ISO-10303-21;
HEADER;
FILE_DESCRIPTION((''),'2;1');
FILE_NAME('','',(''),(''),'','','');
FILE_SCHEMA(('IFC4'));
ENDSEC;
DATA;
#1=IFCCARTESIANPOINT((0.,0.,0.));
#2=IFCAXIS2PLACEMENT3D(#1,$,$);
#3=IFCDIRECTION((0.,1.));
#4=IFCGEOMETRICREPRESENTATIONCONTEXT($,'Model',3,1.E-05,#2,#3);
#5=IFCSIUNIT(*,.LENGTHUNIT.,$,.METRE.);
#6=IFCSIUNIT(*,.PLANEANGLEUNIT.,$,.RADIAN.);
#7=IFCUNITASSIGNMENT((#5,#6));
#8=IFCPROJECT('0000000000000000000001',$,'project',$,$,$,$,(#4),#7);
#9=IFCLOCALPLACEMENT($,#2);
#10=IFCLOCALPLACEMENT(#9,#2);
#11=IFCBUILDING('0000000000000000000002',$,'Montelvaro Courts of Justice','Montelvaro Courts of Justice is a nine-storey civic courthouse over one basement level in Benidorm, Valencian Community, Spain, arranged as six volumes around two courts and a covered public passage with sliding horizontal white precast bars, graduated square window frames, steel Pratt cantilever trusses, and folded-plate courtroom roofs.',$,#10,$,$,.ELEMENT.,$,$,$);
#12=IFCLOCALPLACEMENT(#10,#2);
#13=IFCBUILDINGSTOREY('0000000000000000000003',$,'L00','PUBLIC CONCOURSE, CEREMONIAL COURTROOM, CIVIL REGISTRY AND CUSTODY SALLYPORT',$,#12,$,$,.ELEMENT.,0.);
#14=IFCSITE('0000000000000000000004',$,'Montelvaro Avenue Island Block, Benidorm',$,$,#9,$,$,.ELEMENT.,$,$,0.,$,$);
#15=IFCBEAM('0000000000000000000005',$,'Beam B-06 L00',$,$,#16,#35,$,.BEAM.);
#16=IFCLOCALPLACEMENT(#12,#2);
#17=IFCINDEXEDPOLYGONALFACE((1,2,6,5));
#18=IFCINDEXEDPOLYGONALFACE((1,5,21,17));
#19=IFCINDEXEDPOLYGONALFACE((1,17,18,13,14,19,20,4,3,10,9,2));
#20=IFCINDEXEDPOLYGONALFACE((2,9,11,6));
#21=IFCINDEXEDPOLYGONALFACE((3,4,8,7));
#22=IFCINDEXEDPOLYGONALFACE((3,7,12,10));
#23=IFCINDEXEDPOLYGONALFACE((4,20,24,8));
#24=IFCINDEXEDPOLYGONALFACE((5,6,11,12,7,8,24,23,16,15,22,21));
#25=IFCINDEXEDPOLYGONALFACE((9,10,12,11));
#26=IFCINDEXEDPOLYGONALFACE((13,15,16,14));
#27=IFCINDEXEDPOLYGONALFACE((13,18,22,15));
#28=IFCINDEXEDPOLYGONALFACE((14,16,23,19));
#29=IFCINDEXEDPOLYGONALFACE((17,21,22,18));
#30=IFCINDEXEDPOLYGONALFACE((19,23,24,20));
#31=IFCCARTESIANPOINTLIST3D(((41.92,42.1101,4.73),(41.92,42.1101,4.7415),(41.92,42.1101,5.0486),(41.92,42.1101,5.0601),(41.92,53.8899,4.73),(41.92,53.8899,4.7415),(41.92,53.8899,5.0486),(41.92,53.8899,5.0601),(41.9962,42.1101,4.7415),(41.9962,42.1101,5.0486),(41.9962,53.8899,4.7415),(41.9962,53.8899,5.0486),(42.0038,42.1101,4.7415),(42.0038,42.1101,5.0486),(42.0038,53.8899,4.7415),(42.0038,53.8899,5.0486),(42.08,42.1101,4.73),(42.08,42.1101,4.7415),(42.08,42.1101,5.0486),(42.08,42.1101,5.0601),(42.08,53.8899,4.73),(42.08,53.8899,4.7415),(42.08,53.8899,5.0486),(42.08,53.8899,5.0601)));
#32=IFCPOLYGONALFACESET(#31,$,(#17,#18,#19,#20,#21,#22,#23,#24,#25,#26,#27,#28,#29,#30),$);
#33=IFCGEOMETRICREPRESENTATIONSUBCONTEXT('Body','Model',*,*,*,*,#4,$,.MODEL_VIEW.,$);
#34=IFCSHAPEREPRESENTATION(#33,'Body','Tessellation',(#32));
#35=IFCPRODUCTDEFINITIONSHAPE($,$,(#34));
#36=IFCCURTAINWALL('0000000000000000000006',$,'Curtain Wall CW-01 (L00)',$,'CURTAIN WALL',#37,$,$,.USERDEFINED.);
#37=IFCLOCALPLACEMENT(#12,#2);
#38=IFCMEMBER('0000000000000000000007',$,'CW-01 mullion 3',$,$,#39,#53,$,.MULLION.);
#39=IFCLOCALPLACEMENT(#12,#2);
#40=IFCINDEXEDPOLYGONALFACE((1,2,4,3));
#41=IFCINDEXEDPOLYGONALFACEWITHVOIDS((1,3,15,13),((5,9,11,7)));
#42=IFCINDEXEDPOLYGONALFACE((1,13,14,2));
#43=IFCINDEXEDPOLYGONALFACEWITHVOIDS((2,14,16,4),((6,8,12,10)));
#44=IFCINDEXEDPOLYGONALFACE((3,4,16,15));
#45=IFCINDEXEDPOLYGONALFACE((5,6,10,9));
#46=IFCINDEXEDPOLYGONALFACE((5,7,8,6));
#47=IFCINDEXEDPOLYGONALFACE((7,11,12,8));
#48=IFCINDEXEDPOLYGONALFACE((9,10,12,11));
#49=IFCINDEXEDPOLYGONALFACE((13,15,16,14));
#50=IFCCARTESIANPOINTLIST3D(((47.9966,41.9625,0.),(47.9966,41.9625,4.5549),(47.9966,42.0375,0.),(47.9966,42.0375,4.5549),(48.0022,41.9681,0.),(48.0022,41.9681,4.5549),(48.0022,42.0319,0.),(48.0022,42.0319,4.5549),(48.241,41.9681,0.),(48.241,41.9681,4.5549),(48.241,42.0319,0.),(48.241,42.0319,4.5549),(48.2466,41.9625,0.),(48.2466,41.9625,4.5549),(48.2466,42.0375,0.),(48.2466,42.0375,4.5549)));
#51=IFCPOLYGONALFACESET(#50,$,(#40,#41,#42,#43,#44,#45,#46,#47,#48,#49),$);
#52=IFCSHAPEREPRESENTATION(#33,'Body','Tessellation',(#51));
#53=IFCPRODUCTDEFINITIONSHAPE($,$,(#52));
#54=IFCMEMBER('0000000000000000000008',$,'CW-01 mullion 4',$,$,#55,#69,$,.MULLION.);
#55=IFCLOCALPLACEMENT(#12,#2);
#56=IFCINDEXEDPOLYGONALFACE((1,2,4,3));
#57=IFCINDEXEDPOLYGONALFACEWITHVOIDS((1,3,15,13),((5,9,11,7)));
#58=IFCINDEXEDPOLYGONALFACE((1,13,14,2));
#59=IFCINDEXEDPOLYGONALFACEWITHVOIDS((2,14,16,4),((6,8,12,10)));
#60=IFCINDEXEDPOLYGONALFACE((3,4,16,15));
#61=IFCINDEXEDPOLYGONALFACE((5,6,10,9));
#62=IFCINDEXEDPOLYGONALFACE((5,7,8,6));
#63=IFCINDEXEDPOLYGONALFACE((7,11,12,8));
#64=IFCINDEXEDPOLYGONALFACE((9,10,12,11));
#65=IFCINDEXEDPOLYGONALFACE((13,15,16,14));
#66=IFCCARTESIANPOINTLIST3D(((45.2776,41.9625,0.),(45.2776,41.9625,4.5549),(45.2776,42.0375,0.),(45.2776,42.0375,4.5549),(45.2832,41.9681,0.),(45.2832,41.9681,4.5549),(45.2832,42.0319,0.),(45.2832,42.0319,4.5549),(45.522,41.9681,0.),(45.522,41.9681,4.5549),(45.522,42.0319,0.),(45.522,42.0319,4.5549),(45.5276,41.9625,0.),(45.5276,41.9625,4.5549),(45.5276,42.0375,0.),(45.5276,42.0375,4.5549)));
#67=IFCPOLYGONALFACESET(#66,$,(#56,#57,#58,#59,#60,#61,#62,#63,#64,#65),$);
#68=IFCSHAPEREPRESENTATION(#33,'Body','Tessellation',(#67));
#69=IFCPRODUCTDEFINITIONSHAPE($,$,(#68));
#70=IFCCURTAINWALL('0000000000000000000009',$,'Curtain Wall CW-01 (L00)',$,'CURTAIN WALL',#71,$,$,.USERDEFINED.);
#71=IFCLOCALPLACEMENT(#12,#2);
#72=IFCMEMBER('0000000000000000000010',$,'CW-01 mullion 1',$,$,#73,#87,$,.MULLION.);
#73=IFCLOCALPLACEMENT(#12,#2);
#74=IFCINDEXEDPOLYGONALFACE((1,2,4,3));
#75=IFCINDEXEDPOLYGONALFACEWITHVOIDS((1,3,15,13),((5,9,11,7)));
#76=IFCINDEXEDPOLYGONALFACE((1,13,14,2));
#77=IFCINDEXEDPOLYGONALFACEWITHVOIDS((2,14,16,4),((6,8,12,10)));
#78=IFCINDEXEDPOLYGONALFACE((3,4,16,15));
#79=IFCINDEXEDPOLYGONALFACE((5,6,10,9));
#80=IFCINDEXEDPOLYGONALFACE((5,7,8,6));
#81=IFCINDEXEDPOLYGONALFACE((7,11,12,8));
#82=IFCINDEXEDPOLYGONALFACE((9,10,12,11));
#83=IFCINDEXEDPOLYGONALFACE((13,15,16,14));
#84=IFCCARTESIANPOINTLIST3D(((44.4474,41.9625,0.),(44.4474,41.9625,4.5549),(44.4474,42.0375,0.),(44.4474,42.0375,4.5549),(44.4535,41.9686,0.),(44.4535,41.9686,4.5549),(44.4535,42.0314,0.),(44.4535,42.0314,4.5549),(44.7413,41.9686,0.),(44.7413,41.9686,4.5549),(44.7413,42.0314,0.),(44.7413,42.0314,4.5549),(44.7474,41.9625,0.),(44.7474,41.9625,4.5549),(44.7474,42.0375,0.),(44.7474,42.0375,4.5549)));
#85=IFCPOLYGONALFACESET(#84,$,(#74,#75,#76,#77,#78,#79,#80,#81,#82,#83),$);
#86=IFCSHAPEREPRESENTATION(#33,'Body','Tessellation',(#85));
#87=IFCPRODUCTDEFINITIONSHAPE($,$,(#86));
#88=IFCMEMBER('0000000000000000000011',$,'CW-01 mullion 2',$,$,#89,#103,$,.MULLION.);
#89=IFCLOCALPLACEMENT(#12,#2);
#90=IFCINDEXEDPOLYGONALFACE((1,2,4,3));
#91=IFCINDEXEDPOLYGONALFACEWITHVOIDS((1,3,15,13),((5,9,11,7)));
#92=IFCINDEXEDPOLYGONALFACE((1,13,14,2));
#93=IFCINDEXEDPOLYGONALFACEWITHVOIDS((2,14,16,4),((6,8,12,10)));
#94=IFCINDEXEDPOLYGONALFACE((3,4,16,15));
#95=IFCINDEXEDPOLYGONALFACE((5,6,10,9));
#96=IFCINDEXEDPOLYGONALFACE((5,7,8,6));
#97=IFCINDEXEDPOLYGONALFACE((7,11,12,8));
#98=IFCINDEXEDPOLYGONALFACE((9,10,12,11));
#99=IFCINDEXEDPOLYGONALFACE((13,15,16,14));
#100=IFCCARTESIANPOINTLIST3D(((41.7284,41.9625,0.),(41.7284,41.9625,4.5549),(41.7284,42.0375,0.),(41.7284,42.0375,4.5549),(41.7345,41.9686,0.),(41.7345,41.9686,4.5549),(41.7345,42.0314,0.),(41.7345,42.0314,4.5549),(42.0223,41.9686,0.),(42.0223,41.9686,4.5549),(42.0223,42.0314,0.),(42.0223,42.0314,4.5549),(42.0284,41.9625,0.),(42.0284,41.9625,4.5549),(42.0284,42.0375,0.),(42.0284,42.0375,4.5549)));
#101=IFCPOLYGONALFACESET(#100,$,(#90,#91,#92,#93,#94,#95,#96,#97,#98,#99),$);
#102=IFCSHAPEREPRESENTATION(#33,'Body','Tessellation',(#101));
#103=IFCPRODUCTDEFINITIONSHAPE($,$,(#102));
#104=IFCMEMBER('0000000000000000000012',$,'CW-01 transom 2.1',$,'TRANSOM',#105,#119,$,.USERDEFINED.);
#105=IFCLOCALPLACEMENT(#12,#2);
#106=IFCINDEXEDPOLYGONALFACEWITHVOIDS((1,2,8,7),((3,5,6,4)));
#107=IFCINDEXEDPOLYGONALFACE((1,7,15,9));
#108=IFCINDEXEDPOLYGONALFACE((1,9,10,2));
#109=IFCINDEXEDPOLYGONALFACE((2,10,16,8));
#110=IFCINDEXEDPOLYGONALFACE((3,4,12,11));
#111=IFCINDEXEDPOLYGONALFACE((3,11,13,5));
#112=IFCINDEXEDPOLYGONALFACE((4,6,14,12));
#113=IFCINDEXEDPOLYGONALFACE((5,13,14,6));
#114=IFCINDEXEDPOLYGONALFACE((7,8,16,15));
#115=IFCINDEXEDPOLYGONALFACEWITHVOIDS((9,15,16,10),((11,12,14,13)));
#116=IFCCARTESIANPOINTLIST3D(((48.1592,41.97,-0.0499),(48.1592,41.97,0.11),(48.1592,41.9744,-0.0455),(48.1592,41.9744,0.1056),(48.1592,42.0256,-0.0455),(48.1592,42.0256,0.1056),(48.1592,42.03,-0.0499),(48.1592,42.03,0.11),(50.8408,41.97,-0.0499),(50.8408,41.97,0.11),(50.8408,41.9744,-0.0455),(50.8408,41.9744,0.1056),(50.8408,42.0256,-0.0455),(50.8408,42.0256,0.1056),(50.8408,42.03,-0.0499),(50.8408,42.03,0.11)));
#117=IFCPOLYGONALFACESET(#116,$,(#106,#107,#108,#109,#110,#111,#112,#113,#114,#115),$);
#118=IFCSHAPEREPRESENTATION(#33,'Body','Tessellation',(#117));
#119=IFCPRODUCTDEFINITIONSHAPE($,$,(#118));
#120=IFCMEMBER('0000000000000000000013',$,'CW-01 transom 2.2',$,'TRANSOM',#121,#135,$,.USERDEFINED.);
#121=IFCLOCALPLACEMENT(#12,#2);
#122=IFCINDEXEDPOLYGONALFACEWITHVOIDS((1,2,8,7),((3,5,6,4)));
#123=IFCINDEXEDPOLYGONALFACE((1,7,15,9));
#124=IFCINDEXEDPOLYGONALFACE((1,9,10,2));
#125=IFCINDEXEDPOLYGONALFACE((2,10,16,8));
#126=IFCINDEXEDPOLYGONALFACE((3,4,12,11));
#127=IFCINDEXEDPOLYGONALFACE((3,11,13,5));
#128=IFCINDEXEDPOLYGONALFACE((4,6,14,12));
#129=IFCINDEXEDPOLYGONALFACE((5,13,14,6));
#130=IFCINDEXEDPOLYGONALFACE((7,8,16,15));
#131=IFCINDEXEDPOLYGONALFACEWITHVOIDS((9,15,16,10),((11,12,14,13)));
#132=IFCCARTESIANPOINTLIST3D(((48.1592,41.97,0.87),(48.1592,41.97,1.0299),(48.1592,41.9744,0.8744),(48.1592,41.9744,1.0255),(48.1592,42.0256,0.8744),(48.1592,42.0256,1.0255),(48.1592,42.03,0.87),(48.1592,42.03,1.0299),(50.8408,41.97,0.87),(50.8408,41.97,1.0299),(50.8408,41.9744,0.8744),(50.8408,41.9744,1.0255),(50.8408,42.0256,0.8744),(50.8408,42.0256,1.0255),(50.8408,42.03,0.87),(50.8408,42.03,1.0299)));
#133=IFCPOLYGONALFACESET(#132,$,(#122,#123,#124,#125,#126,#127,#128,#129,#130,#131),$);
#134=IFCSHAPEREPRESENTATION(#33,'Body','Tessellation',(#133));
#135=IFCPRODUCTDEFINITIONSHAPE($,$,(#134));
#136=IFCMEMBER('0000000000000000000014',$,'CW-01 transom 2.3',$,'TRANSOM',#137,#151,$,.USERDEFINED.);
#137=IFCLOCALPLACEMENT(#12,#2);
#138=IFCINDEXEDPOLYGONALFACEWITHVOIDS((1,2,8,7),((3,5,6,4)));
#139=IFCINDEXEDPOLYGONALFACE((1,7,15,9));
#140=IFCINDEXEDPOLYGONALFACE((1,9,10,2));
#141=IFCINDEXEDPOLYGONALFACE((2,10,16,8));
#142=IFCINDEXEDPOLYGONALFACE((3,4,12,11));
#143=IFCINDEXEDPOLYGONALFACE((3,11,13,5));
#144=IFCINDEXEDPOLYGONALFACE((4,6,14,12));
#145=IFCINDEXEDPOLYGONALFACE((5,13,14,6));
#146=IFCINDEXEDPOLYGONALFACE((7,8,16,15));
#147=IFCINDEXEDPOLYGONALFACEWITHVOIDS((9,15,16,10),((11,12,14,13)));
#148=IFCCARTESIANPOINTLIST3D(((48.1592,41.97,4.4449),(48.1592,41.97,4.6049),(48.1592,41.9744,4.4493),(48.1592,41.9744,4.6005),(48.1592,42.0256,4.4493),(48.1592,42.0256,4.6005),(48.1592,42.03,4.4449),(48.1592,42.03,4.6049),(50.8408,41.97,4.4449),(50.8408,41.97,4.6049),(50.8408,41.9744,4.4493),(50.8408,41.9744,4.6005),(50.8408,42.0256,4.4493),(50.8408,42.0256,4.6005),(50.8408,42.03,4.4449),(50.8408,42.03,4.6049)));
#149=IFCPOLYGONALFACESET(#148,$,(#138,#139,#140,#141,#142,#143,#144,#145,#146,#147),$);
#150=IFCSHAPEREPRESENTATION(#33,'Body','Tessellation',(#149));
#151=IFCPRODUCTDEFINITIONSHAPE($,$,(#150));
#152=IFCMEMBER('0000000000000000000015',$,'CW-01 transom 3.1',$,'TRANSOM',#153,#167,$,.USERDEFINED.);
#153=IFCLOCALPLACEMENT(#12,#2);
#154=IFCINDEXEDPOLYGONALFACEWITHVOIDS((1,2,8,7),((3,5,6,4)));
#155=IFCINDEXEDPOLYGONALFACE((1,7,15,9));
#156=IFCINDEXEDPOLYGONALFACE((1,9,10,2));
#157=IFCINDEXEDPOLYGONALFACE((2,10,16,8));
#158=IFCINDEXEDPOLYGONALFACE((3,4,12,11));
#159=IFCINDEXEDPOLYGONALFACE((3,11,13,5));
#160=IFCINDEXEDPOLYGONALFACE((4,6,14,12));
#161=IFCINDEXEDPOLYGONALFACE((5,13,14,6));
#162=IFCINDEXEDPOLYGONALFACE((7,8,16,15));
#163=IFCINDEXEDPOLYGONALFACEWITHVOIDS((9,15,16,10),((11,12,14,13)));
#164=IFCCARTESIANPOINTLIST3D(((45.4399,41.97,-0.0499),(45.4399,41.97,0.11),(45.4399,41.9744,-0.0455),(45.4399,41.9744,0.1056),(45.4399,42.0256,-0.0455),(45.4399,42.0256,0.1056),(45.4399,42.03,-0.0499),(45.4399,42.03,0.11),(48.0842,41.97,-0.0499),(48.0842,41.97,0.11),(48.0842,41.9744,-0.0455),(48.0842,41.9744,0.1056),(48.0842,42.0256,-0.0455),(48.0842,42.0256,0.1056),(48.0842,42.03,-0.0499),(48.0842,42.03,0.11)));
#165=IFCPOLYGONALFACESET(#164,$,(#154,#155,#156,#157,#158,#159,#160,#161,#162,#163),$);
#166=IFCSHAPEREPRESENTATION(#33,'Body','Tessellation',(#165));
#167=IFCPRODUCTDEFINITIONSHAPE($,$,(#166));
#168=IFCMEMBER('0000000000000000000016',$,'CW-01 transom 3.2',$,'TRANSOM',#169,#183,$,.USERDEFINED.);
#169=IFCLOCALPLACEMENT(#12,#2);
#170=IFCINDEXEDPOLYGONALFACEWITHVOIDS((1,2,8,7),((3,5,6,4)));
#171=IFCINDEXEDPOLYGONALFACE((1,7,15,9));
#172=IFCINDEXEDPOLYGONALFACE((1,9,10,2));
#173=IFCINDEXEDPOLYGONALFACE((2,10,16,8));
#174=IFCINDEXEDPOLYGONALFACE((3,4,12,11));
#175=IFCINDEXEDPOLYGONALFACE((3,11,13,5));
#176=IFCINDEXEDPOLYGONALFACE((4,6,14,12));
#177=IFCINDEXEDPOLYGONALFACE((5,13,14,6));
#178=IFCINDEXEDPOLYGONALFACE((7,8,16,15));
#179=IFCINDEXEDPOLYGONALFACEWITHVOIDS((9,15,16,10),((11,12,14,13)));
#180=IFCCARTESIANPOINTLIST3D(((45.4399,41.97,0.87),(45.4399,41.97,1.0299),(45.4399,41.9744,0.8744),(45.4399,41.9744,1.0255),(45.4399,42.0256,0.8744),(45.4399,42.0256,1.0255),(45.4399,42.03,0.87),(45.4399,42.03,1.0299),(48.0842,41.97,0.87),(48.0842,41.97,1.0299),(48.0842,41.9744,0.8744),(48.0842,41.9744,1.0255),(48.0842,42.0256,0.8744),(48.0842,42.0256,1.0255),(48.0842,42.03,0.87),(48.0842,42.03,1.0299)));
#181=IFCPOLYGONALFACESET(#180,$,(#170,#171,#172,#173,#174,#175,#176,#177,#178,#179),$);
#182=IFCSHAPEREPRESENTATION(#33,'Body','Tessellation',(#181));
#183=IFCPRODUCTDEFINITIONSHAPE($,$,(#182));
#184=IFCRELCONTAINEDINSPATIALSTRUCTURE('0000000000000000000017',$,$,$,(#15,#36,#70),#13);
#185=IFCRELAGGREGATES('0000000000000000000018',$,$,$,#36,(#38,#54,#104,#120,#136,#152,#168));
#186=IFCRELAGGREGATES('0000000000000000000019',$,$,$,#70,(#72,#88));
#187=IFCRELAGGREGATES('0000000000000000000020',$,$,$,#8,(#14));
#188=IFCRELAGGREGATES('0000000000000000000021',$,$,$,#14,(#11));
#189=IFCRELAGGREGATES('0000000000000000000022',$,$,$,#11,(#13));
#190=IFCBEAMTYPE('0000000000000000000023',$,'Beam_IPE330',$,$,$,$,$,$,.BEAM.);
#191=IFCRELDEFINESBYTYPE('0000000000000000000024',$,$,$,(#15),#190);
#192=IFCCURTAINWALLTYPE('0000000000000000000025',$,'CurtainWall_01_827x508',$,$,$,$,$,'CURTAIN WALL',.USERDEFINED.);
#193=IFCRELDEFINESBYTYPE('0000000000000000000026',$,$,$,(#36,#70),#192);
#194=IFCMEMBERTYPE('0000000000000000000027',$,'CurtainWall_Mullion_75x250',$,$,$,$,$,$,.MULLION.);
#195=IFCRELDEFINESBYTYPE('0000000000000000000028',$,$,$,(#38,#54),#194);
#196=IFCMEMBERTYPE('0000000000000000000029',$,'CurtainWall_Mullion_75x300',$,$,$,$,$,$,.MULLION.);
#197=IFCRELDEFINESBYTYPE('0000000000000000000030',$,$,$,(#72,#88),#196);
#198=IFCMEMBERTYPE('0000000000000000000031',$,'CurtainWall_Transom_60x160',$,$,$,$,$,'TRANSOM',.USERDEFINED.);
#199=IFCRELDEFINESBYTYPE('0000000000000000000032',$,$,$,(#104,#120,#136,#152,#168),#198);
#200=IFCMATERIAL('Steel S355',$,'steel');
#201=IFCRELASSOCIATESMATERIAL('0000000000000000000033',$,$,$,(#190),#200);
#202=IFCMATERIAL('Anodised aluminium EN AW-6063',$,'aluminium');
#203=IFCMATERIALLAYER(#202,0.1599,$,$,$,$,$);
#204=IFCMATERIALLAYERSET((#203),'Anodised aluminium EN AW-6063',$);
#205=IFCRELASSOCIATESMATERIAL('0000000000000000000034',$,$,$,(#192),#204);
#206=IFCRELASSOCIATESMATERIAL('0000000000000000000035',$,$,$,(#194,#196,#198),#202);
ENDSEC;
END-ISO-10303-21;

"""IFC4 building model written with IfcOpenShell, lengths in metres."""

from ifc_helpers import new_model, si_unit, direction, frame, origin, origin_2d, place, context, subcontext, project, spatial, hollow_rectangle, i_section, extrude, material, layer, layer_set, material_profile, profile_set, type_object, element, aggregate, save


model = new_model("IFC4")

# Units and contexts
model_context = context("Model", 3, precision=1e-05, world=origin(), true_north=direction((0.0, 1.0)))
body_context = subcontext(model_context, "Body", "Model", "MODEL_VIEW")
ifc_project = project(units=[si_unit("LENGTHUNIT", "METRE"), si_unit("PLANEANGLEUNIT", "RADIAN")], contexts=[model_context])

# Site, building, storey
site_placement = place(None, origin())
site = spatial("IfcSite", under=ifc_project, at=site_placement, Name="Montelvaro Avenue Island Block, Benidorm", CompositionType="ELEMENT", RefElevation=0.0)
building_placement = place(site_placement, origin())
building = spatial("IfcBuilding", under=site, at=building_placement, Name="Montelvaro Courts of Justice", Description="Montelvaro Courts of Justice is a nine-storey civic courthouse over one basement level in Benidorm, Valencian Community, Spain, arranged as six volumes around two courts and a covered public passage with sliding horizontal white precast bars, graduated square window frames, steel Pratt cantilever trusses, and folded-plate courtroom roofs.", CompositionType="ELEMENT")
storey_placement = place(building_placement, origin())
storey = spatial("IfcBuildingStorey", under=building, at=storey_placement, Name="L00", Description="PUBLIC CONCOURSE, CEREMONIAL COURTROOM, CIVIL REGISTRY AND CUSTODY SALLYPORT", CompositionType="ELEMENT", Elevation=0.0)

# Shared definitions
ifc_material_1 = material(Name="Steel S355", Category="steel")

# Beam
ifc_material_profile_1 = material_profile(ifc_material_1, i_section(OverallWidth=0.1599, OverallDepth=0.3301, WebThickness=0.0076, FlangeThickness=0.0115, at=origin_2d()), Name="IPE 330")
ifc_profile_set_1 = profile_set([ifc_material_profile_1], Name="Steel S355")
beam_type_1 = type_object("IfcBeamType", Name="Beam_IPE330", PredefinedType="BEAM", material=ifc_profile_set_1)
beam_1_placement = place(storey_placement, frame((42.0, 42.1101, 4.895), z_axis=(0.0, 1.0, 0.0), x_axis=(-1.0, 0.0, 0.0)))
element("IfcBeam", 1, at=beam_1_placement, inside=storey, type_object=beam_type_1, Name="Beam B-06 L00", PredefinedType="BEAM", context=body_context, shape_type="SweptSolid", body=[
    extrude(i_section(OverallWidth=0.1599, OverallDepth=0.3301, WebThickness=0.0076, FlangeThickness=0.0115, at=origin_2d()), origin(), (0.0, 0.0, 1.0), 11.7798),
])

# Curtain walls, members
ifc_material_2 = material(Name="Anodised aluminium EN AW-6063", Category="aluminium")
ifc_layer_1 = layer(ifc_material_2, 0.1599)
ifc_layer_set_1 = layer_set([ifc_layer_1], Name="Anodised aluminium EN AW-6063")
curtain_wall_type = type_object("IfcCurtainWallType", Name="CurtainWall_01_827x508", ElementType="CURTAIN WALL", PredefinedType="USERDEFINED", material=ifc_layer_set_1)
curtain_wall_1_placement = place(storey_placement, origin())
curtain_wall_1 = element("IfcCurtainWall", 2, at=curtain_wall_1_placement, inside=storey, type_object=curtain_wall_type, Name="Curtain Wall CW-01 (L00)", ObjectType="CURTAIN WALL", PredefinedType="USERDEFINED")
ifc_material_profile_2 = material_profile(ifc_material_2, hollow_rectangle(XDim=0.075, YDim=0.25, WallThickness=0.0056, at=origin_2d()), Name="ALU-M 75x250")
ifc_profile_set_2 = profile_set([ifc_material_profile_2], Name="Anodised aluminium EN AW-6063")
member_type_1 = type_object("IfcMemberType", Name="CurtainWall_Mullion_75x250", PredefinedType="MULLION", material=ifc_profile_set_2)
member_1_placement = place(storey_placement, frame((48.1216, 42.0, 0.0), z_axis=(0.0, 0.0, 1.0), x_axis=(0.0, -1.0, 0.0)))
member_1 = element("IfcMember", 3, at=member_1_placement, type_object=member_type_1, Name="CW-01 mullion 3", PredefinedType="MULLION", context=body_context, shape_type="SweptSolid", body=[
    extrude(hollow_rectangle(XDim=0.075, YDim=0.25, WallThickness=0.0056, at=origin_2d()), origin(), (0.0, 0.0, 1.0), 4.5549),
])
member_2_placement = place(storey_placement, frame((45.4026, 42.0, 0.0), z_axis=(0.0, 0.0, 1.0), x_axis=(0.0, -1.0, 0.0)))
member_2 = element("IfcMember", 4, at=member_2_placement, type_object=member_type_1, Name="CW-01 mullion 4", PredefinedType="MULLION", context=body_context, shape_type="SweptSolid", body=[
    extrude(hollow_rectangle(XDim=0.075, YDim=0.25, WallThickness=0.0056, at=origin_2d()), origin(), (0.0, 0.0, 1.0), 4.5549),
])
curtain_wall_2_placement = place(storey_placement, origin())
curtain_wall_2 = element("IfcCurtainWall", 5, at=curtain_wall_2_placement, inside=storey, type_object=curtain_wall_type, Name="Curtain Wall CW-01 (L00)", ObjectType="CURTAIN WALL", PredefinedType="USERDEFINED")
ifc_material_profile_3 = material_profile(ifc_material_2, hollow_rectangle(XDim=0.075, YDim=0.3, WallThickness=0.0061, at=origin_2d()), Name="ALU-M 75x300")
ifc_profile_set_3 = profile_set([ifc_material_profile_3], Name="Anodised aluminium EN AW-6063")
member_type_2 = type_object("IfcMemberType", Name="CurtainWall_Mullion_75x300", PredefinedType="MULLION", material=ifc_profile_set_3)
member_3_placement = place(storey_placement, frame((44.5974, 42.0, 0.0), z_axis=(0.0, 0.0, 1.0), x_axis=(0.0, -1.0, 0.0)))
member_3 = element("IfcMember", 6, at=member_3_placement, type_object=member_type_2, Name="CW-01 mullion 1", PredefinedType="MULLION", context=body_context, shape_type="SweptSolid", body=[
    extrude(hollow_rectangle(XDim=0.075, YDim=0.3, WallThickness=0.0061, at=origin_2d()), origin(), (0.0, 0.0, 1.0), 4.5549),
])
member_4_placement = place(storey_placement, frame((41.8784, 42.0, 0.0), z_axis=(0.0, 0.0, 1.0), x_axis=(0.0, -1.0, 0.0)))
member_4 = element("IfcMember", 7, at=member_4_placement, type_object=member_type_2, Name="CW-01 mullion 2", PredefinedType="MULLION", context=body_context, shape_type="SweptSolid", body=[
    extrude(hollow_rectangle(XDim=0.075, YDim=0.3, WallThickness=0.0061, at=origin_2d()), origin(), (0.0, 0.0, 1.0), 4.5549),
])

# Members
ifc_material_profile_4 = material_profile(ifc_material_2, hollow_rectangle(XDim=0.0601, YDim=0.1599, WallThickness=0.0044, at=origin_2d()), Name="ALU-T 60x160")
ifc_profile_set_4 = profile_set([ifc_material_profile_4], Name="Anodised aluminium EN AW-6063")
member_type_3 = type_object("IfcMemberType", Name="CurtainWall_Transom_60x160", ElementType="TRANSOM", PredefinedType="USERDEFINED", material=ifc_profile_set_4)
member_5_placement = place(storey_placement, frame((50.8408, 42.0, 0.03), z_axis=(-1.0, 0.0, 0.0), x_axis=(0.0, -1.0, 0.0)))
member_5 = element("IfcMember", 8, at=member_5_placement, type_object=member_type_3, Name="CW-01 transom 2.1", ObjectType="TRANSOM", PredefinedType="USERDEFINED", context=body_context, shape_type="SweptSolid", body=[
    extrude(hollow_rectangle(XDim=0.0601, YDim=0.1599, WallThickness=0.0044, at=origin_2d()), origin(), (0.0, 0.0, 1.0), 2.6816),
])
member_6_placement = place(storey_placement, frame((50.8408, 42.0, 0.95), z_axis=(-1.0, 0.0, 0.0), x_axis=(0.0, -1.0, 0.0)))
member_6 = element("IfcMember", 9, at=member_6_placement, type_object=member_type_3, Name="CW-01 transom 2.2", ObjectType="TRANSOM", PredefinedType="USERDEFINED", context=body_context, shape_type="SweptSolid", body=[
    extrude(hollow_rectangle(XDim=0.0601, YDim=0.1599, WallThickness=0.0044, at=origin_2d()), origin(), (0.0, 0.0, 1.0), 2.6816),
])
member_7_placement = place(storey_placement, frame((50.8408, 42.0, 4.5249), z_axis=(-1.0, 0.0, 0.0), x_axis=(0.0, -1.0, 0.0)))
member_7 = element("IfcMember", 10, at=member_7_placement, type_object=member_type_3, Name="CW-01 transom 2.3", ObjectType="TRANSOM", PredefinedType="USERDEFINED", context=body_context, shape_type="SweptSolid", body=[
    extrude(hollow_rectangle(XDim=0.0601, YDim=0.1599, WallThickness=0.0044, at=origin_2d()), origin(), (0.0, 0.0, 1.0), 2.6816),
])
member_8_placement = place(storey_placement, frame((48.0842, 42.0, 0.03), z_axis=(-1.0, 0.0, 0.0), x_axis=(0.0, -1.0, 0.0)))
member_8 = element("IfcMember", 11, at=member_8_placement, type_object=member_type_3, Name="CW-01 transom 3.1", ObjectType="TRANSOM", PredefinedType="USERDEFINED", context=body_context, shape_type="SweptSolid", body=[
    extrude(hollow_rectangle(XDim=0.0601, YDim=0.1599, WallThickness=0.0044, at=origin_2d()), origin(), (0.0, 0.0, 1.0), 2.6443),
])
member_9_placement = place(storey_placement, frame((48.0842, 42.0, 0.95), z_axis=(-1.0, 0.0, 0.0), x_axis=(0.0, -1.0, 0.0)))
member_9 = element("IfcMember", 12, at=member_9_placement, type_object=member_type_3, Name="CW-01 transom 3.2", ObjectType="TRANSOM", PredefinedType="USERDEFINED", context=body_context, shape_type="SweptSolid", body=[
    extrude(hollow_rectangle(XDim=0.0601, YDim=0.1599, WallThickness=0.0044, at=origin_2d()), origin(), (0.0, 0.0, 1.0), 2.6443),
])

aggregate(curtain_wall_1, [member_1, member_2, member_5, member_6, member_7, member_8, member_9])
aggregate(curtain_wall_2, [member_3, member_4])

save(model, "model.ifc")
